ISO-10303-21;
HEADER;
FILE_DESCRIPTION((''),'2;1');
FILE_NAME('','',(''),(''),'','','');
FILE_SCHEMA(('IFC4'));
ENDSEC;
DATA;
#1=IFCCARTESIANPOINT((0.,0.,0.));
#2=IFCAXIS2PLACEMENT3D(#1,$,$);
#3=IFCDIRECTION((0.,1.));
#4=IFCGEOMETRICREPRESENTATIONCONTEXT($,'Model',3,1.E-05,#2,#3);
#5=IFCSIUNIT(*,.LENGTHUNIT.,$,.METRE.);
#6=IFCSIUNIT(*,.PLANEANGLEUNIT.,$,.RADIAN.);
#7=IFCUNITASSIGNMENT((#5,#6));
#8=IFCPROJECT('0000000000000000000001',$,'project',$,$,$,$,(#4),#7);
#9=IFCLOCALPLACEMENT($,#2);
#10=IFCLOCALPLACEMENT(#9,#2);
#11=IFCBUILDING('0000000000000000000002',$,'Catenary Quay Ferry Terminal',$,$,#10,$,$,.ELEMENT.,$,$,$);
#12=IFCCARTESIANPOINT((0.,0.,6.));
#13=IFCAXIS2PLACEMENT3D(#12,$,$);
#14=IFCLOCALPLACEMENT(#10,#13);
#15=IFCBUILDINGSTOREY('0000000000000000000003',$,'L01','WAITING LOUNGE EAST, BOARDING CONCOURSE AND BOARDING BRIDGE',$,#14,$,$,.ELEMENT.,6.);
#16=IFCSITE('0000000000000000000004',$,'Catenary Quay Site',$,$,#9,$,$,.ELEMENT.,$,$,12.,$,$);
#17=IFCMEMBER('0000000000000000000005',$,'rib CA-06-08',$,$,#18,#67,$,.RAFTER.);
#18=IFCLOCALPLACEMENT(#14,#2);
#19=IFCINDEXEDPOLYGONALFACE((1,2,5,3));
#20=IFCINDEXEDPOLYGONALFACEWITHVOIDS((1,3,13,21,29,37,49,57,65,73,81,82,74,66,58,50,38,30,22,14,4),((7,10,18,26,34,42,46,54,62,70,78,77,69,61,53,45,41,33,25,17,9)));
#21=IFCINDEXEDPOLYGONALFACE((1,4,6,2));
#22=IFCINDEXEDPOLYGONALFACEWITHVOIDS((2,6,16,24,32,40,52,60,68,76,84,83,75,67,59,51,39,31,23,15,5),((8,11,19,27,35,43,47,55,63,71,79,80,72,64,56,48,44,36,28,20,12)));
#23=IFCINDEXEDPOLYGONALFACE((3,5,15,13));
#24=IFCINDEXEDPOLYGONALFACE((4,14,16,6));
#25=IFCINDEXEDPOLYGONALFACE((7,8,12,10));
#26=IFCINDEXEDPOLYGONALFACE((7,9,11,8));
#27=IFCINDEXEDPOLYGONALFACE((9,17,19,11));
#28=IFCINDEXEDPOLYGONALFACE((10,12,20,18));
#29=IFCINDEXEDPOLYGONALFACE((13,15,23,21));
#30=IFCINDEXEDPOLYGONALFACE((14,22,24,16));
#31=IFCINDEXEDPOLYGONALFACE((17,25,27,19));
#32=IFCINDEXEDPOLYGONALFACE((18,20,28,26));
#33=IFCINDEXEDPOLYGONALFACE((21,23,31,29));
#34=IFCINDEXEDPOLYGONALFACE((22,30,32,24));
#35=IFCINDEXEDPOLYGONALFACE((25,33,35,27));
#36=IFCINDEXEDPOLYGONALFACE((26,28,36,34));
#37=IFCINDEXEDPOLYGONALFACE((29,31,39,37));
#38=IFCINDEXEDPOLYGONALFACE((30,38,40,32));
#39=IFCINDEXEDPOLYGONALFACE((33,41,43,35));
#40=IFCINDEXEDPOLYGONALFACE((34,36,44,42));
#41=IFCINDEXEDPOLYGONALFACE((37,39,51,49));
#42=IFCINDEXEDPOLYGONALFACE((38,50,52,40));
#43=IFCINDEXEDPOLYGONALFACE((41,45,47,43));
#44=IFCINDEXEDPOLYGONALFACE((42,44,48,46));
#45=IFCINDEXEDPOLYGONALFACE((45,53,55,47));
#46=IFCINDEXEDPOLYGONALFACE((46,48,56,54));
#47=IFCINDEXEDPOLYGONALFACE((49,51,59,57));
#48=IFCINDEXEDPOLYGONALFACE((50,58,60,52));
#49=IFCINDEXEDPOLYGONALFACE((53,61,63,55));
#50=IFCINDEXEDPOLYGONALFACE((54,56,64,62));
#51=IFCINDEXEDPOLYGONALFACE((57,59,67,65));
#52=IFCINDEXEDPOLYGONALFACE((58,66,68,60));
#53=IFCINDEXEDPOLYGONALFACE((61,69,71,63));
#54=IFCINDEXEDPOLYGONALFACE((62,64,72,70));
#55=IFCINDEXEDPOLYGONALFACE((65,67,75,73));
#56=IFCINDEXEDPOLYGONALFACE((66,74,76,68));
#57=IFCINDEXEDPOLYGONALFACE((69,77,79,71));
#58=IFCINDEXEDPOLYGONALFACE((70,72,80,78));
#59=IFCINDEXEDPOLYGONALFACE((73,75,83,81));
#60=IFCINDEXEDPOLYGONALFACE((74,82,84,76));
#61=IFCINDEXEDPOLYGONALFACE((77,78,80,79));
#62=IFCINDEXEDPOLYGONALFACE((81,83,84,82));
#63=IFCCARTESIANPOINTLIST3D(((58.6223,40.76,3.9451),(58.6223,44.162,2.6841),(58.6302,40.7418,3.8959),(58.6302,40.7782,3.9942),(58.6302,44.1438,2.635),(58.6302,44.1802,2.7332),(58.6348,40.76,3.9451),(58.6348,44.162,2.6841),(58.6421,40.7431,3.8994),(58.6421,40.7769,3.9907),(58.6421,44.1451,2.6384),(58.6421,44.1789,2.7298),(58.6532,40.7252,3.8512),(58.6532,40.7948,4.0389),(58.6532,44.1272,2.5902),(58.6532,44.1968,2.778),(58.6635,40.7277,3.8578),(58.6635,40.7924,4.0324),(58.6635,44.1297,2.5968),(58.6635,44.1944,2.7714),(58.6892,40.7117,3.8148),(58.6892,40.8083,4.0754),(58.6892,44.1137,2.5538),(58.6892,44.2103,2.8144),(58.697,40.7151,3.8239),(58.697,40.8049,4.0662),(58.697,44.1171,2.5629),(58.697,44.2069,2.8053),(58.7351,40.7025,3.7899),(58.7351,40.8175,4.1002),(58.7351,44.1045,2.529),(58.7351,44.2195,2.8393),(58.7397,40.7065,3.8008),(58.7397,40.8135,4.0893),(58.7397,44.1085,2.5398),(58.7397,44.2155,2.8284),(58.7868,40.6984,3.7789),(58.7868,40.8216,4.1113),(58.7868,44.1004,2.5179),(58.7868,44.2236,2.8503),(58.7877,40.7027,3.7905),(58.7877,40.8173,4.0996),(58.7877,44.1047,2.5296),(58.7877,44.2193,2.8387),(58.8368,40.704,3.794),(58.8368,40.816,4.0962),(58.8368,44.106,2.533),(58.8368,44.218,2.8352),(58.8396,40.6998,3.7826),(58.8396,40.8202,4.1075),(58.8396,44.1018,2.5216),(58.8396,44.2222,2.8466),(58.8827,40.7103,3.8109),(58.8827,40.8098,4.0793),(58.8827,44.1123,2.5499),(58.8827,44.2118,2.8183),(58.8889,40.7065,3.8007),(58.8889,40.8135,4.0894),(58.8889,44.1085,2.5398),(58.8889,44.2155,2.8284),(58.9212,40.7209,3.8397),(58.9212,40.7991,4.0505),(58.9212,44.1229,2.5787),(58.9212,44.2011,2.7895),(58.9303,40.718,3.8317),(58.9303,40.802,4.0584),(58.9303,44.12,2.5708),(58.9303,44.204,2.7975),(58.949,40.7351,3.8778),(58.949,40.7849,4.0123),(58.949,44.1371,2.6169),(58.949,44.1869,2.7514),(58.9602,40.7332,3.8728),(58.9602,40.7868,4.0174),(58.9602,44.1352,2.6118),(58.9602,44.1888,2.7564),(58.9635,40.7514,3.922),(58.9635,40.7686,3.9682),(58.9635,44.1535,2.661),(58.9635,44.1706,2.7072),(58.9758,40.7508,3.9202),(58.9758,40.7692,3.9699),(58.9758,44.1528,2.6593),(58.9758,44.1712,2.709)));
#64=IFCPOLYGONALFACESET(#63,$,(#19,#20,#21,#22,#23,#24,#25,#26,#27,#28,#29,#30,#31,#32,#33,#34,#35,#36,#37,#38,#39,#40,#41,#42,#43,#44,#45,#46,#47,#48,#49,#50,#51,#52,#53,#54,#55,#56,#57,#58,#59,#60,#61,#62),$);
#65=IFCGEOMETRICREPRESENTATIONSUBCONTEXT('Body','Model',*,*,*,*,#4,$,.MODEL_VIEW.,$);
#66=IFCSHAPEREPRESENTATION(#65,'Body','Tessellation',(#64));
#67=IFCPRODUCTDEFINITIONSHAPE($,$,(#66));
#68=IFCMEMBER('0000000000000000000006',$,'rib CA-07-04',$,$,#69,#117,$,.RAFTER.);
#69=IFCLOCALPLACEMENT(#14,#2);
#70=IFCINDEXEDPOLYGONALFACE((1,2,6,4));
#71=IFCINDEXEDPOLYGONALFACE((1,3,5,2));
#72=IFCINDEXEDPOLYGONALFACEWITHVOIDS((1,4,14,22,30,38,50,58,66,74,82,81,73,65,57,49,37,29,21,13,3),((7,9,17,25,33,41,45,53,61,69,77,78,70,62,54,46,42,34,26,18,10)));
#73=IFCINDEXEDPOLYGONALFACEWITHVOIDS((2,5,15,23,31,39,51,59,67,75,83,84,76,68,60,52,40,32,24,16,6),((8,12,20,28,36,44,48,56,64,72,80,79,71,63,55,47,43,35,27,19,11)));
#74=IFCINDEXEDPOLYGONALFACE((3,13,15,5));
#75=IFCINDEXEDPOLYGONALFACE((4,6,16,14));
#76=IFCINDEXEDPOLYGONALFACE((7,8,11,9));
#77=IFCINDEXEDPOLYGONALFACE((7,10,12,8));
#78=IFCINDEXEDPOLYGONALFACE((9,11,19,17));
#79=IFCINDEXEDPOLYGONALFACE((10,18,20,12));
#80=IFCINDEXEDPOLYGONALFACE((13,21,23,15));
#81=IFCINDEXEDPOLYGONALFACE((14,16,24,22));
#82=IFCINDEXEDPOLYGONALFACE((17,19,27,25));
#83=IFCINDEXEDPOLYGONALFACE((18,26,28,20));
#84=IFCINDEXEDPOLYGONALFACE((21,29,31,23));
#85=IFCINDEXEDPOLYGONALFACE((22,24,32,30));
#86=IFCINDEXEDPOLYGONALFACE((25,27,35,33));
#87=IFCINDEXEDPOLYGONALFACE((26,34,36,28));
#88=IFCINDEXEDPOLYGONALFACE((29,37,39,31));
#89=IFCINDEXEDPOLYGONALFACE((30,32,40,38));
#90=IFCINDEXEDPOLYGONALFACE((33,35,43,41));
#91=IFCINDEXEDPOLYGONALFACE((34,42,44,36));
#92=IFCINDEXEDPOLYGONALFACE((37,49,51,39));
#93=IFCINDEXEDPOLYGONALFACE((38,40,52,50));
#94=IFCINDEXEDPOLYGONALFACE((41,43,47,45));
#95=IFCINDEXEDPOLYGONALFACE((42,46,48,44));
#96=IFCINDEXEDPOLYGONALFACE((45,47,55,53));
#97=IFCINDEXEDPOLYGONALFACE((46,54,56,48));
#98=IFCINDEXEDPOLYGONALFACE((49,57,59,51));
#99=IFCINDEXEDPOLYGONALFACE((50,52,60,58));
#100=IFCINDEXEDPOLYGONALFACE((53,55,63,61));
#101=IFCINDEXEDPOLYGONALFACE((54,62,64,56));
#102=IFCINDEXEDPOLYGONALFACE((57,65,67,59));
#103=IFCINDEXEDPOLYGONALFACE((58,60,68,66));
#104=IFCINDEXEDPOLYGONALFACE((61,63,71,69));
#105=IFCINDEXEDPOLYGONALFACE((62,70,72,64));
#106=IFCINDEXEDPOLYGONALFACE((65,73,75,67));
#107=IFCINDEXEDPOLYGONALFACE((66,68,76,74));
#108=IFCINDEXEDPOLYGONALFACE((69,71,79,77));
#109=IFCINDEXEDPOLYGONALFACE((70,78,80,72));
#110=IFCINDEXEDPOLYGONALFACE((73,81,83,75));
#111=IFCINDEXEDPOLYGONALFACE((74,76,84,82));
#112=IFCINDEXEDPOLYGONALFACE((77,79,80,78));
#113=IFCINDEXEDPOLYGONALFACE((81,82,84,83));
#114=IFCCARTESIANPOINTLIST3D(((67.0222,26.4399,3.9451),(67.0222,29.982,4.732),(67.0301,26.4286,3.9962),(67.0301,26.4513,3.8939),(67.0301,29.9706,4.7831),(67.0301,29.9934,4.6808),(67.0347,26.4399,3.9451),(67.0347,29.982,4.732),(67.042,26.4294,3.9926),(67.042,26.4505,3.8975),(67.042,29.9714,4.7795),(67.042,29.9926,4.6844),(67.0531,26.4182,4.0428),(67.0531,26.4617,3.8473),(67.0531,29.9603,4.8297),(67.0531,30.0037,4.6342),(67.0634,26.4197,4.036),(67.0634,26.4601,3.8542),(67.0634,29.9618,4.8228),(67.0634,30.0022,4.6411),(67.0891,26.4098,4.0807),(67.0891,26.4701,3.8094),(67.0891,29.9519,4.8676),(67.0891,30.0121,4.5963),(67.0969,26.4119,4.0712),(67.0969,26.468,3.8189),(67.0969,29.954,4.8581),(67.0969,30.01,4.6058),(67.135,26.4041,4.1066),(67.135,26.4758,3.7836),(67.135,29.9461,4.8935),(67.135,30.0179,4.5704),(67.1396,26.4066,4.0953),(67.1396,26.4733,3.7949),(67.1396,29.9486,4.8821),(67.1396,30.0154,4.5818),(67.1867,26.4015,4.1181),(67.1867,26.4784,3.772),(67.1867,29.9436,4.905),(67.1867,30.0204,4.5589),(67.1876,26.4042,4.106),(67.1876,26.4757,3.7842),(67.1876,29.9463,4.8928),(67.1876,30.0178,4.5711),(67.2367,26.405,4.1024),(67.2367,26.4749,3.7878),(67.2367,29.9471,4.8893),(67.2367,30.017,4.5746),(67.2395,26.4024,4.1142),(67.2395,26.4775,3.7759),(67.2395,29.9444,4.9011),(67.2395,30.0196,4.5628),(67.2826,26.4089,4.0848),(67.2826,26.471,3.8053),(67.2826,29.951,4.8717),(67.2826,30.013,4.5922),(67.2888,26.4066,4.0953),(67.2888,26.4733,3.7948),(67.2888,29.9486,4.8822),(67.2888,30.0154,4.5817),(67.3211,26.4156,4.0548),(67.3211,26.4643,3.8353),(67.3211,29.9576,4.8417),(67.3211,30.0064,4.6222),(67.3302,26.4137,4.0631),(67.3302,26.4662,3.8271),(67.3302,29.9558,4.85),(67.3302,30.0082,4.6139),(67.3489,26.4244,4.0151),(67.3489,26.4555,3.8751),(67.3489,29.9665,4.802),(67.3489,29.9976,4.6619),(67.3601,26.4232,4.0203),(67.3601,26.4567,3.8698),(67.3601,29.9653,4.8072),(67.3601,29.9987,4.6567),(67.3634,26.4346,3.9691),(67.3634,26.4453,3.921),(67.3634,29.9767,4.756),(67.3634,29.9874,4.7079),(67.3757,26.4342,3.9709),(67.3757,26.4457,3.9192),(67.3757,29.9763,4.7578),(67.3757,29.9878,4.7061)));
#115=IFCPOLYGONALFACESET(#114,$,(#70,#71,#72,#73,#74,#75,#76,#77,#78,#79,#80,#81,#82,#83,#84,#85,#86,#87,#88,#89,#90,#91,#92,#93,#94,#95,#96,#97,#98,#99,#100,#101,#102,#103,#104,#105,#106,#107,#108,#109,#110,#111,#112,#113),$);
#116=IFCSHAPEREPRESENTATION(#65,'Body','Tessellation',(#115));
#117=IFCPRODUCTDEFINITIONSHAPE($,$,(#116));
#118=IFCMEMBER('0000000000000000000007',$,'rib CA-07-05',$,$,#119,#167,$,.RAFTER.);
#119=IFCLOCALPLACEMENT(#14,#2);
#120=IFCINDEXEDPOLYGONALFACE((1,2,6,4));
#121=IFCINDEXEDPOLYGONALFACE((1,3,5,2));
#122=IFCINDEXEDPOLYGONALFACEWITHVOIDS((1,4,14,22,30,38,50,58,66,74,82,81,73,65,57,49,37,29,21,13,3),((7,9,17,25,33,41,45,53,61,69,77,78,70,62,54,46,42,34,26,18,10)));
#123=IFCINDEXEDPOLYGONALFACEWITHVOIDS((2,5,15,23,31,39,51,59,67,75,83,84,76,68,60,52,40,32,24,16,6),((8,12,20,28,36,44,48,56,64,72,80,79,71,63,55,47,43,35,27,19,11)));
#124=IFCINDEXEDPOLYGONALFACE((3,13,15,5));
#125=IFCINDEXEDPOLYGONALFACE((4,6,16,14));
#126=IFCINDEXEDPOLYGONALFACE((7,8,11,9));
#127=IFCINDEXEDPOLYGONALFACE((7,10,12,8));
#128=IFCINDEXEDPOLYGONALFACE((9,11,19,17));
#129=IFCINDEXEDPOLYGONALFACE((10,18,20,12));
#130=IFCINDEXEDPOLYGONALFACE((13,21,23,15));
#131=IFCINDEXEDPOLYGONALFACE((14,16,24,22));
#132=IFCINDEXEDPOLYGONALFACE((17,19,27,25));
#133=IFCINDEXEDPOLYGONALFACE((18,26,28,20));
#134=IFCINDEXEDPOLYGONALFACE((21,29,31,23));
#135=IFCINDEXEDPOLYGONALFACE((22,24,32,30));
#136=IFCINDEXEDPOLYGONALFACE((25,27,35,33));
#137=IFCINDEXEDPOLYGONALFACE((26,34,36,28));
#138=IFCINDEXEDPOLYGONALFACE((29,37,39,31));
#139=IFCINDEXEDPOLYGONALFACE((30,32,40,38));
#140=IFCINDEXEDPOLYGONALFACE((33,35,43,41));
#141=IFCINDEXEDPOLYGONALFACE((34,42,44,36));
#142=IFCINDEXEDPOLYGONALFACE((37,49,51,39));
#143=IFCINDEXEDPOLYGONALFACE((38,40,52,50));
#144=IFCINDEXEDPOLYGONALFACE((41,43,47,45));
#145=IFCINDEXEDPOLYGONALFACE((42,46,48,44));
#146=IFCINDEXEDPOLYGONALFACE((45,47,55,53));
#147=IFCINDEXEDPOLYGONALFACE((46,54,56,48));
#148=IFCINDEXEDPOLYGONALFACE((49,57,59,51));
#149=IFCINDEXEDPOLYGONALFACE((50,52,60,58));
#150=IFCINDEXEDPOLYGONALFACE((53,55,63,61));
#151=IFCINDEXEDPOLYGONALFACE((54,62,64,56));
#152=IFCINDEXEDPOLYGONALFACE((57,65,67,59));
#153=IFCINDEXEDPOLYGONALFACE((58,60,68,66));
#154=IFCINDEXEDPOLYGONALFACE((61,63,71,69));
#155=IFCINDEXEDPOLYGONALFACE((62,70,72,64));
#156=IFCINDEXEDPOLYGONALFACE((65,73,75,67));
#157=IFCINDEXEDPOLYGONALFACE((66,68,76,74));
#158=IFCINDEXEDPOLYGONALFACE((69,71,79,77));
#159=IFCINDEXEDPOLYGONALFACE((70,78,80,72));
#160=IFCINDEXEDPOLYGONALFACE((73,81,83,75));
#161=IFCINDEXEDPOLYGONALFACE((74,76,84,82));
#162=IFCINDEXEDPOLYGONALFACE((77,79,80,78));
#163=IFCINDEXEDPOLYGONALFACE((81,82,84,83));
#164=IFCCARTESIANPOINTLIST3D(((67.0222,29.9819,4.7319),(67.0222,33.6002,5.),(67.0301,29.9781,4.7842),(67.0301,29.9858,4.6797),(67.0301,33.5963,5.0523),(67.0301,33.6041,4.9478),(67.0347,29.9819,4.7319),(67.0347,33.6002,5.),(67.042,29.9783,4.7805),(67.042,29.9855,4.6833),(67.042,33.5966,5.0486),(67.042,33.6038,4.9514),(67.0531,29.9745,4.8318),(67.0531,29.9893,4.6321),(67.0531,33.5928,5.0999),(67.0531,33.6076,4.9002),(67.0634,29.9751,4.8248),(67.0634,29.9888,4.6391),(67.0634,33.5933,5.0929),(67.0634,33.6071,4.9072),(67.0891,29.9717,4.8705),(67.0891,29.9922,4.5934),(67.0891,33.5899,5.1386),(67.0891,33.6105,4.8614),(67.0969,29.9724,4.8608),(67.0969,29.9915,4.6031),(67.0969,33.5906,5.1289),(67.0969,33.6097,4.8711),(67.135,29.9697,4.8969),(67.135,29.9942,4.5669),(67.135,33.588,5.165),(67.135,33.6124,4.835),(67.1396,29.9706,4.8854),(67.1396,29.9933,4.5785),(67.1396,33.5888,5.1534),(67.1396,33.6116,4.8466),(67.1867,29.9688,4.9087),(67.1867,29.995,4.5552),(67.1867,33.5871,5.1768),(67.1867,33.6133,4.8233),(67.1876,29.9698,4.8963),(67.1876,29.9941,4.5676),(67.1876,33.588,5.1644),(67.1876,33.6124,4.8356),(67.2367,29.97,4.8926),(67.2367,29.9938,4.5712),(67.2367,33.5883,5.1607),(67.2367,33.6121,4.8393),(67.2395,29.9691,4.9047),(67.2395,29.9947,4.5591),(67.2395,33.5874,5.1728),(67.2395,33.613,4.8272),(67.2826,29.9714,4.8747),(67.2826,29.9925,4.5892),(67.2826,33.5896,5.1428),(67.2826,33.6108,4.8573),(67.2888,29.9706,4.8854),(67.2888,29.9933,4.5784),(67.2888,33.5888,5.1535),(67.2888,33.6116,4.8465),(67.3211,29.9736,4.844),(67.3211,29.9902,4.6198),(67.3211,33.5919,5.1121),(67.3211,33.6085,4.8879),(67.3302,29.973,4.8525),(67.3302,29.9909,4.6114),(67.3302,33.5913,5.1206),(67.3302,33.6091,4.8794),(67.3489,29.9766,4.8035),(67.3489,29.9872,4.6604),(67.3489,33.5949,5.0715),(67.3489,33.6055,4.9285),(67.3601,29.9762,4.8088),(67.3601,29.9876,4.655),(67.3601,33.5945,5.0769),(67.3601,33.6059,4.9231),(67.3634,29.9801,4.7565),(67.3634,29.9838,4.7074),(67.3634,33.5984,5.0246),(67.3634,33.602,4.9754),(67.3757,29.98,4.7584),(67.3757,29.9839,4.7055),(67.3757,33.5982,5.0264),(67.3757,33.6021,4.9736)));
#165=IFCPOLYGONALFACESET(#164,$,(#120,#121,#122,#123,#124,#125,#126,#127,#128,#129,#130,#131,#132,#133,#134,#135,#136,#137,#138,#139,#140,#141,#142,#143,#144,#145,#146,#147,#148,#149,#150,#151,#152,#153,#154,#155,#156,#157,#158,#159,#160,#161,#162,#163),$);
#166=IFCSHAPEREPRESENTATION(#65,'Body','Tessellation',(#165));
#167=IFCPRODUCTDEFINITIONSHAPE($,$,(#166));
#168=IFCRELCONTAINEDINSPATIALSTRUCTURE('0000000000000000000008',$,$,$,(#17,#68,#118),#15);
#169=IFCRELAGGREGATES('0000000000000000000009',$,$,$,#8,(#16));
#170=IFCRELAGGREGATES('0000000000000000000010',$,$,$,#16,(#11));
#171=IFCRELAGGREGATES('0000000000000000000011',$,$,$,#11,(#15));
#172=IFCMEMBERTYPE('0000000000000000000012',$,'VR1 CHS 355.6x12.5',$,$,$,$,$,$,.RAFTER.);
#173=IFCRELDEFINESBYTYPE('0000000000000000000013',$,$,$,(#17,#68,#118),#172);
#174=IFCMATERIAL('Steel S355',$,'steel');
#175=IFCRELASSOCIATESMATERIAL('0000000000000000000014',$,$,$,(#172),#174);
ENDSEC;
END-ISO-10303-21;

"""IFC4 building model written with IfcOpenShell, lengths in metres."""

from ifc_helpers import new_model, si_unit, direction, frame, origin, origin_2d, place, context, subcontext, project, spatial, hollow_circle, extrude, material, material_profile, profile_set, type_object, element, save


model = new_model("IFC4")

# Units and contexts
model_context = context("Model", 3, precision=1e-05, world=origin(), true_north=direction((0.0, 1.0)))
body_context = subcontext(model_context, "Body", "Model", "MODEL_VIEW")
ifc_project = project(units=[si_unit("LENGTHUNIT", "METRE"), si_unit("PLANEANGLEUNIT", "RADIAN")], contexts=[model_context])

# Site, building, storey
site_placement = place(None, origin())
site = spatial("IfcSite", under=ifc_project, at=site_placement, Name="Catenary Quay Site", CompositionType="ELEMENT", RefElevation=12.0)
building_placement = place(site_placement, origin())
building = spatial("IfcBuilding", under=site, at=building_placement, Name="Catenary Quay Ferry Terminal", CompositionType="ELEMENT")
storey_placement = place(building_placement, frame((0.0, 0.0, 6.0)))
storey = spatial("IfcBuildingStorey", under=building, at=storey_placement, Name="L01", Description="WAITING LOUNGE EAST, BOARDING CONCOURSE AND BOARDING BRIDGE", CompositionType="ELEMENT", Elevation=6.0)

# Members
ifc_material_1 = material(Name="Steel S355", Category="steel")
ifc_material_profile_1 = material_profile(ifc_material_1, hollow_circle(Radius=0.1777, WallThickness=0.0125, at=origin_2d()), Name="CHS 355.6x12.5")
ifc_profile_set_1 = profile_set([ifc_material_profile_1], Name="Steel S355")
member_type_1 = type_object("IfcMemberType", Name="VR1 CHS 355.6x12.5", PredefinedType="RAFTER", material=ifc_profile_set_1)
member_1_placement = place(storey_placement, frame((58.8, 40.76, 3.9451), z_axis=(0.0, 0.937664, -0.347544), x_axis=(-1.0, 0.0, 0.0)))
element("IfcMember", 1, at=member_1_placement, inside=storey, type_object=member_type_1, Name="rib CA-06-08", PredefinedType="RAFTER", context=body_context, shape_type="SweptSolid", body=[
    extrude(hollow_circle(Radius=0.1777, WallThickness=0.0125, at=origin_2d()), origin(), (0.0, 0.0, 1.0), 3.6282),
])
member_2_placement = place(storey_placement, frame((67.2, 26.4399, 3.9451), z_axis=(0.0, 0.976201, 0.216866), x_axis=(-1.0, 0.0, 0.0)))
element("IfcMember", 2, at=member_2_placement, inside=storey, type_object=member_type_1, Name="rib CA-07-04", PredefinedType="RAFTER", context=body_context, shape_type="SweptSolid", body=[
    extrude(hollow_circle(Radius=0.1777, WallThickness=0.0125, at=origin_2d()), origin(), (0.0, 0.0, 1.0), 3.6284),
])
member_3_placement = place(storey_placement, frame((67.2, 29.9819, 4.7319), z_axis=(0.0, 0.997267, 0.073887), x_axis=(-1.0, 0.0, 0.0)))
element("IfcMember", 3, at=member_3_placement, inside=storey, type_object=member_type_1, Name="rib CA-07-05", PredefinedType="RAFTER", context=body_context, shape_type="SweptSolid", body=[
    extrude(hollow_circle(Radius=0.1777, WallThickness=0.0125, at=origin_2d()), origin(), (0.0, 0.0, 1.0), 3.6282),
])

save(model, "model.ifc")
